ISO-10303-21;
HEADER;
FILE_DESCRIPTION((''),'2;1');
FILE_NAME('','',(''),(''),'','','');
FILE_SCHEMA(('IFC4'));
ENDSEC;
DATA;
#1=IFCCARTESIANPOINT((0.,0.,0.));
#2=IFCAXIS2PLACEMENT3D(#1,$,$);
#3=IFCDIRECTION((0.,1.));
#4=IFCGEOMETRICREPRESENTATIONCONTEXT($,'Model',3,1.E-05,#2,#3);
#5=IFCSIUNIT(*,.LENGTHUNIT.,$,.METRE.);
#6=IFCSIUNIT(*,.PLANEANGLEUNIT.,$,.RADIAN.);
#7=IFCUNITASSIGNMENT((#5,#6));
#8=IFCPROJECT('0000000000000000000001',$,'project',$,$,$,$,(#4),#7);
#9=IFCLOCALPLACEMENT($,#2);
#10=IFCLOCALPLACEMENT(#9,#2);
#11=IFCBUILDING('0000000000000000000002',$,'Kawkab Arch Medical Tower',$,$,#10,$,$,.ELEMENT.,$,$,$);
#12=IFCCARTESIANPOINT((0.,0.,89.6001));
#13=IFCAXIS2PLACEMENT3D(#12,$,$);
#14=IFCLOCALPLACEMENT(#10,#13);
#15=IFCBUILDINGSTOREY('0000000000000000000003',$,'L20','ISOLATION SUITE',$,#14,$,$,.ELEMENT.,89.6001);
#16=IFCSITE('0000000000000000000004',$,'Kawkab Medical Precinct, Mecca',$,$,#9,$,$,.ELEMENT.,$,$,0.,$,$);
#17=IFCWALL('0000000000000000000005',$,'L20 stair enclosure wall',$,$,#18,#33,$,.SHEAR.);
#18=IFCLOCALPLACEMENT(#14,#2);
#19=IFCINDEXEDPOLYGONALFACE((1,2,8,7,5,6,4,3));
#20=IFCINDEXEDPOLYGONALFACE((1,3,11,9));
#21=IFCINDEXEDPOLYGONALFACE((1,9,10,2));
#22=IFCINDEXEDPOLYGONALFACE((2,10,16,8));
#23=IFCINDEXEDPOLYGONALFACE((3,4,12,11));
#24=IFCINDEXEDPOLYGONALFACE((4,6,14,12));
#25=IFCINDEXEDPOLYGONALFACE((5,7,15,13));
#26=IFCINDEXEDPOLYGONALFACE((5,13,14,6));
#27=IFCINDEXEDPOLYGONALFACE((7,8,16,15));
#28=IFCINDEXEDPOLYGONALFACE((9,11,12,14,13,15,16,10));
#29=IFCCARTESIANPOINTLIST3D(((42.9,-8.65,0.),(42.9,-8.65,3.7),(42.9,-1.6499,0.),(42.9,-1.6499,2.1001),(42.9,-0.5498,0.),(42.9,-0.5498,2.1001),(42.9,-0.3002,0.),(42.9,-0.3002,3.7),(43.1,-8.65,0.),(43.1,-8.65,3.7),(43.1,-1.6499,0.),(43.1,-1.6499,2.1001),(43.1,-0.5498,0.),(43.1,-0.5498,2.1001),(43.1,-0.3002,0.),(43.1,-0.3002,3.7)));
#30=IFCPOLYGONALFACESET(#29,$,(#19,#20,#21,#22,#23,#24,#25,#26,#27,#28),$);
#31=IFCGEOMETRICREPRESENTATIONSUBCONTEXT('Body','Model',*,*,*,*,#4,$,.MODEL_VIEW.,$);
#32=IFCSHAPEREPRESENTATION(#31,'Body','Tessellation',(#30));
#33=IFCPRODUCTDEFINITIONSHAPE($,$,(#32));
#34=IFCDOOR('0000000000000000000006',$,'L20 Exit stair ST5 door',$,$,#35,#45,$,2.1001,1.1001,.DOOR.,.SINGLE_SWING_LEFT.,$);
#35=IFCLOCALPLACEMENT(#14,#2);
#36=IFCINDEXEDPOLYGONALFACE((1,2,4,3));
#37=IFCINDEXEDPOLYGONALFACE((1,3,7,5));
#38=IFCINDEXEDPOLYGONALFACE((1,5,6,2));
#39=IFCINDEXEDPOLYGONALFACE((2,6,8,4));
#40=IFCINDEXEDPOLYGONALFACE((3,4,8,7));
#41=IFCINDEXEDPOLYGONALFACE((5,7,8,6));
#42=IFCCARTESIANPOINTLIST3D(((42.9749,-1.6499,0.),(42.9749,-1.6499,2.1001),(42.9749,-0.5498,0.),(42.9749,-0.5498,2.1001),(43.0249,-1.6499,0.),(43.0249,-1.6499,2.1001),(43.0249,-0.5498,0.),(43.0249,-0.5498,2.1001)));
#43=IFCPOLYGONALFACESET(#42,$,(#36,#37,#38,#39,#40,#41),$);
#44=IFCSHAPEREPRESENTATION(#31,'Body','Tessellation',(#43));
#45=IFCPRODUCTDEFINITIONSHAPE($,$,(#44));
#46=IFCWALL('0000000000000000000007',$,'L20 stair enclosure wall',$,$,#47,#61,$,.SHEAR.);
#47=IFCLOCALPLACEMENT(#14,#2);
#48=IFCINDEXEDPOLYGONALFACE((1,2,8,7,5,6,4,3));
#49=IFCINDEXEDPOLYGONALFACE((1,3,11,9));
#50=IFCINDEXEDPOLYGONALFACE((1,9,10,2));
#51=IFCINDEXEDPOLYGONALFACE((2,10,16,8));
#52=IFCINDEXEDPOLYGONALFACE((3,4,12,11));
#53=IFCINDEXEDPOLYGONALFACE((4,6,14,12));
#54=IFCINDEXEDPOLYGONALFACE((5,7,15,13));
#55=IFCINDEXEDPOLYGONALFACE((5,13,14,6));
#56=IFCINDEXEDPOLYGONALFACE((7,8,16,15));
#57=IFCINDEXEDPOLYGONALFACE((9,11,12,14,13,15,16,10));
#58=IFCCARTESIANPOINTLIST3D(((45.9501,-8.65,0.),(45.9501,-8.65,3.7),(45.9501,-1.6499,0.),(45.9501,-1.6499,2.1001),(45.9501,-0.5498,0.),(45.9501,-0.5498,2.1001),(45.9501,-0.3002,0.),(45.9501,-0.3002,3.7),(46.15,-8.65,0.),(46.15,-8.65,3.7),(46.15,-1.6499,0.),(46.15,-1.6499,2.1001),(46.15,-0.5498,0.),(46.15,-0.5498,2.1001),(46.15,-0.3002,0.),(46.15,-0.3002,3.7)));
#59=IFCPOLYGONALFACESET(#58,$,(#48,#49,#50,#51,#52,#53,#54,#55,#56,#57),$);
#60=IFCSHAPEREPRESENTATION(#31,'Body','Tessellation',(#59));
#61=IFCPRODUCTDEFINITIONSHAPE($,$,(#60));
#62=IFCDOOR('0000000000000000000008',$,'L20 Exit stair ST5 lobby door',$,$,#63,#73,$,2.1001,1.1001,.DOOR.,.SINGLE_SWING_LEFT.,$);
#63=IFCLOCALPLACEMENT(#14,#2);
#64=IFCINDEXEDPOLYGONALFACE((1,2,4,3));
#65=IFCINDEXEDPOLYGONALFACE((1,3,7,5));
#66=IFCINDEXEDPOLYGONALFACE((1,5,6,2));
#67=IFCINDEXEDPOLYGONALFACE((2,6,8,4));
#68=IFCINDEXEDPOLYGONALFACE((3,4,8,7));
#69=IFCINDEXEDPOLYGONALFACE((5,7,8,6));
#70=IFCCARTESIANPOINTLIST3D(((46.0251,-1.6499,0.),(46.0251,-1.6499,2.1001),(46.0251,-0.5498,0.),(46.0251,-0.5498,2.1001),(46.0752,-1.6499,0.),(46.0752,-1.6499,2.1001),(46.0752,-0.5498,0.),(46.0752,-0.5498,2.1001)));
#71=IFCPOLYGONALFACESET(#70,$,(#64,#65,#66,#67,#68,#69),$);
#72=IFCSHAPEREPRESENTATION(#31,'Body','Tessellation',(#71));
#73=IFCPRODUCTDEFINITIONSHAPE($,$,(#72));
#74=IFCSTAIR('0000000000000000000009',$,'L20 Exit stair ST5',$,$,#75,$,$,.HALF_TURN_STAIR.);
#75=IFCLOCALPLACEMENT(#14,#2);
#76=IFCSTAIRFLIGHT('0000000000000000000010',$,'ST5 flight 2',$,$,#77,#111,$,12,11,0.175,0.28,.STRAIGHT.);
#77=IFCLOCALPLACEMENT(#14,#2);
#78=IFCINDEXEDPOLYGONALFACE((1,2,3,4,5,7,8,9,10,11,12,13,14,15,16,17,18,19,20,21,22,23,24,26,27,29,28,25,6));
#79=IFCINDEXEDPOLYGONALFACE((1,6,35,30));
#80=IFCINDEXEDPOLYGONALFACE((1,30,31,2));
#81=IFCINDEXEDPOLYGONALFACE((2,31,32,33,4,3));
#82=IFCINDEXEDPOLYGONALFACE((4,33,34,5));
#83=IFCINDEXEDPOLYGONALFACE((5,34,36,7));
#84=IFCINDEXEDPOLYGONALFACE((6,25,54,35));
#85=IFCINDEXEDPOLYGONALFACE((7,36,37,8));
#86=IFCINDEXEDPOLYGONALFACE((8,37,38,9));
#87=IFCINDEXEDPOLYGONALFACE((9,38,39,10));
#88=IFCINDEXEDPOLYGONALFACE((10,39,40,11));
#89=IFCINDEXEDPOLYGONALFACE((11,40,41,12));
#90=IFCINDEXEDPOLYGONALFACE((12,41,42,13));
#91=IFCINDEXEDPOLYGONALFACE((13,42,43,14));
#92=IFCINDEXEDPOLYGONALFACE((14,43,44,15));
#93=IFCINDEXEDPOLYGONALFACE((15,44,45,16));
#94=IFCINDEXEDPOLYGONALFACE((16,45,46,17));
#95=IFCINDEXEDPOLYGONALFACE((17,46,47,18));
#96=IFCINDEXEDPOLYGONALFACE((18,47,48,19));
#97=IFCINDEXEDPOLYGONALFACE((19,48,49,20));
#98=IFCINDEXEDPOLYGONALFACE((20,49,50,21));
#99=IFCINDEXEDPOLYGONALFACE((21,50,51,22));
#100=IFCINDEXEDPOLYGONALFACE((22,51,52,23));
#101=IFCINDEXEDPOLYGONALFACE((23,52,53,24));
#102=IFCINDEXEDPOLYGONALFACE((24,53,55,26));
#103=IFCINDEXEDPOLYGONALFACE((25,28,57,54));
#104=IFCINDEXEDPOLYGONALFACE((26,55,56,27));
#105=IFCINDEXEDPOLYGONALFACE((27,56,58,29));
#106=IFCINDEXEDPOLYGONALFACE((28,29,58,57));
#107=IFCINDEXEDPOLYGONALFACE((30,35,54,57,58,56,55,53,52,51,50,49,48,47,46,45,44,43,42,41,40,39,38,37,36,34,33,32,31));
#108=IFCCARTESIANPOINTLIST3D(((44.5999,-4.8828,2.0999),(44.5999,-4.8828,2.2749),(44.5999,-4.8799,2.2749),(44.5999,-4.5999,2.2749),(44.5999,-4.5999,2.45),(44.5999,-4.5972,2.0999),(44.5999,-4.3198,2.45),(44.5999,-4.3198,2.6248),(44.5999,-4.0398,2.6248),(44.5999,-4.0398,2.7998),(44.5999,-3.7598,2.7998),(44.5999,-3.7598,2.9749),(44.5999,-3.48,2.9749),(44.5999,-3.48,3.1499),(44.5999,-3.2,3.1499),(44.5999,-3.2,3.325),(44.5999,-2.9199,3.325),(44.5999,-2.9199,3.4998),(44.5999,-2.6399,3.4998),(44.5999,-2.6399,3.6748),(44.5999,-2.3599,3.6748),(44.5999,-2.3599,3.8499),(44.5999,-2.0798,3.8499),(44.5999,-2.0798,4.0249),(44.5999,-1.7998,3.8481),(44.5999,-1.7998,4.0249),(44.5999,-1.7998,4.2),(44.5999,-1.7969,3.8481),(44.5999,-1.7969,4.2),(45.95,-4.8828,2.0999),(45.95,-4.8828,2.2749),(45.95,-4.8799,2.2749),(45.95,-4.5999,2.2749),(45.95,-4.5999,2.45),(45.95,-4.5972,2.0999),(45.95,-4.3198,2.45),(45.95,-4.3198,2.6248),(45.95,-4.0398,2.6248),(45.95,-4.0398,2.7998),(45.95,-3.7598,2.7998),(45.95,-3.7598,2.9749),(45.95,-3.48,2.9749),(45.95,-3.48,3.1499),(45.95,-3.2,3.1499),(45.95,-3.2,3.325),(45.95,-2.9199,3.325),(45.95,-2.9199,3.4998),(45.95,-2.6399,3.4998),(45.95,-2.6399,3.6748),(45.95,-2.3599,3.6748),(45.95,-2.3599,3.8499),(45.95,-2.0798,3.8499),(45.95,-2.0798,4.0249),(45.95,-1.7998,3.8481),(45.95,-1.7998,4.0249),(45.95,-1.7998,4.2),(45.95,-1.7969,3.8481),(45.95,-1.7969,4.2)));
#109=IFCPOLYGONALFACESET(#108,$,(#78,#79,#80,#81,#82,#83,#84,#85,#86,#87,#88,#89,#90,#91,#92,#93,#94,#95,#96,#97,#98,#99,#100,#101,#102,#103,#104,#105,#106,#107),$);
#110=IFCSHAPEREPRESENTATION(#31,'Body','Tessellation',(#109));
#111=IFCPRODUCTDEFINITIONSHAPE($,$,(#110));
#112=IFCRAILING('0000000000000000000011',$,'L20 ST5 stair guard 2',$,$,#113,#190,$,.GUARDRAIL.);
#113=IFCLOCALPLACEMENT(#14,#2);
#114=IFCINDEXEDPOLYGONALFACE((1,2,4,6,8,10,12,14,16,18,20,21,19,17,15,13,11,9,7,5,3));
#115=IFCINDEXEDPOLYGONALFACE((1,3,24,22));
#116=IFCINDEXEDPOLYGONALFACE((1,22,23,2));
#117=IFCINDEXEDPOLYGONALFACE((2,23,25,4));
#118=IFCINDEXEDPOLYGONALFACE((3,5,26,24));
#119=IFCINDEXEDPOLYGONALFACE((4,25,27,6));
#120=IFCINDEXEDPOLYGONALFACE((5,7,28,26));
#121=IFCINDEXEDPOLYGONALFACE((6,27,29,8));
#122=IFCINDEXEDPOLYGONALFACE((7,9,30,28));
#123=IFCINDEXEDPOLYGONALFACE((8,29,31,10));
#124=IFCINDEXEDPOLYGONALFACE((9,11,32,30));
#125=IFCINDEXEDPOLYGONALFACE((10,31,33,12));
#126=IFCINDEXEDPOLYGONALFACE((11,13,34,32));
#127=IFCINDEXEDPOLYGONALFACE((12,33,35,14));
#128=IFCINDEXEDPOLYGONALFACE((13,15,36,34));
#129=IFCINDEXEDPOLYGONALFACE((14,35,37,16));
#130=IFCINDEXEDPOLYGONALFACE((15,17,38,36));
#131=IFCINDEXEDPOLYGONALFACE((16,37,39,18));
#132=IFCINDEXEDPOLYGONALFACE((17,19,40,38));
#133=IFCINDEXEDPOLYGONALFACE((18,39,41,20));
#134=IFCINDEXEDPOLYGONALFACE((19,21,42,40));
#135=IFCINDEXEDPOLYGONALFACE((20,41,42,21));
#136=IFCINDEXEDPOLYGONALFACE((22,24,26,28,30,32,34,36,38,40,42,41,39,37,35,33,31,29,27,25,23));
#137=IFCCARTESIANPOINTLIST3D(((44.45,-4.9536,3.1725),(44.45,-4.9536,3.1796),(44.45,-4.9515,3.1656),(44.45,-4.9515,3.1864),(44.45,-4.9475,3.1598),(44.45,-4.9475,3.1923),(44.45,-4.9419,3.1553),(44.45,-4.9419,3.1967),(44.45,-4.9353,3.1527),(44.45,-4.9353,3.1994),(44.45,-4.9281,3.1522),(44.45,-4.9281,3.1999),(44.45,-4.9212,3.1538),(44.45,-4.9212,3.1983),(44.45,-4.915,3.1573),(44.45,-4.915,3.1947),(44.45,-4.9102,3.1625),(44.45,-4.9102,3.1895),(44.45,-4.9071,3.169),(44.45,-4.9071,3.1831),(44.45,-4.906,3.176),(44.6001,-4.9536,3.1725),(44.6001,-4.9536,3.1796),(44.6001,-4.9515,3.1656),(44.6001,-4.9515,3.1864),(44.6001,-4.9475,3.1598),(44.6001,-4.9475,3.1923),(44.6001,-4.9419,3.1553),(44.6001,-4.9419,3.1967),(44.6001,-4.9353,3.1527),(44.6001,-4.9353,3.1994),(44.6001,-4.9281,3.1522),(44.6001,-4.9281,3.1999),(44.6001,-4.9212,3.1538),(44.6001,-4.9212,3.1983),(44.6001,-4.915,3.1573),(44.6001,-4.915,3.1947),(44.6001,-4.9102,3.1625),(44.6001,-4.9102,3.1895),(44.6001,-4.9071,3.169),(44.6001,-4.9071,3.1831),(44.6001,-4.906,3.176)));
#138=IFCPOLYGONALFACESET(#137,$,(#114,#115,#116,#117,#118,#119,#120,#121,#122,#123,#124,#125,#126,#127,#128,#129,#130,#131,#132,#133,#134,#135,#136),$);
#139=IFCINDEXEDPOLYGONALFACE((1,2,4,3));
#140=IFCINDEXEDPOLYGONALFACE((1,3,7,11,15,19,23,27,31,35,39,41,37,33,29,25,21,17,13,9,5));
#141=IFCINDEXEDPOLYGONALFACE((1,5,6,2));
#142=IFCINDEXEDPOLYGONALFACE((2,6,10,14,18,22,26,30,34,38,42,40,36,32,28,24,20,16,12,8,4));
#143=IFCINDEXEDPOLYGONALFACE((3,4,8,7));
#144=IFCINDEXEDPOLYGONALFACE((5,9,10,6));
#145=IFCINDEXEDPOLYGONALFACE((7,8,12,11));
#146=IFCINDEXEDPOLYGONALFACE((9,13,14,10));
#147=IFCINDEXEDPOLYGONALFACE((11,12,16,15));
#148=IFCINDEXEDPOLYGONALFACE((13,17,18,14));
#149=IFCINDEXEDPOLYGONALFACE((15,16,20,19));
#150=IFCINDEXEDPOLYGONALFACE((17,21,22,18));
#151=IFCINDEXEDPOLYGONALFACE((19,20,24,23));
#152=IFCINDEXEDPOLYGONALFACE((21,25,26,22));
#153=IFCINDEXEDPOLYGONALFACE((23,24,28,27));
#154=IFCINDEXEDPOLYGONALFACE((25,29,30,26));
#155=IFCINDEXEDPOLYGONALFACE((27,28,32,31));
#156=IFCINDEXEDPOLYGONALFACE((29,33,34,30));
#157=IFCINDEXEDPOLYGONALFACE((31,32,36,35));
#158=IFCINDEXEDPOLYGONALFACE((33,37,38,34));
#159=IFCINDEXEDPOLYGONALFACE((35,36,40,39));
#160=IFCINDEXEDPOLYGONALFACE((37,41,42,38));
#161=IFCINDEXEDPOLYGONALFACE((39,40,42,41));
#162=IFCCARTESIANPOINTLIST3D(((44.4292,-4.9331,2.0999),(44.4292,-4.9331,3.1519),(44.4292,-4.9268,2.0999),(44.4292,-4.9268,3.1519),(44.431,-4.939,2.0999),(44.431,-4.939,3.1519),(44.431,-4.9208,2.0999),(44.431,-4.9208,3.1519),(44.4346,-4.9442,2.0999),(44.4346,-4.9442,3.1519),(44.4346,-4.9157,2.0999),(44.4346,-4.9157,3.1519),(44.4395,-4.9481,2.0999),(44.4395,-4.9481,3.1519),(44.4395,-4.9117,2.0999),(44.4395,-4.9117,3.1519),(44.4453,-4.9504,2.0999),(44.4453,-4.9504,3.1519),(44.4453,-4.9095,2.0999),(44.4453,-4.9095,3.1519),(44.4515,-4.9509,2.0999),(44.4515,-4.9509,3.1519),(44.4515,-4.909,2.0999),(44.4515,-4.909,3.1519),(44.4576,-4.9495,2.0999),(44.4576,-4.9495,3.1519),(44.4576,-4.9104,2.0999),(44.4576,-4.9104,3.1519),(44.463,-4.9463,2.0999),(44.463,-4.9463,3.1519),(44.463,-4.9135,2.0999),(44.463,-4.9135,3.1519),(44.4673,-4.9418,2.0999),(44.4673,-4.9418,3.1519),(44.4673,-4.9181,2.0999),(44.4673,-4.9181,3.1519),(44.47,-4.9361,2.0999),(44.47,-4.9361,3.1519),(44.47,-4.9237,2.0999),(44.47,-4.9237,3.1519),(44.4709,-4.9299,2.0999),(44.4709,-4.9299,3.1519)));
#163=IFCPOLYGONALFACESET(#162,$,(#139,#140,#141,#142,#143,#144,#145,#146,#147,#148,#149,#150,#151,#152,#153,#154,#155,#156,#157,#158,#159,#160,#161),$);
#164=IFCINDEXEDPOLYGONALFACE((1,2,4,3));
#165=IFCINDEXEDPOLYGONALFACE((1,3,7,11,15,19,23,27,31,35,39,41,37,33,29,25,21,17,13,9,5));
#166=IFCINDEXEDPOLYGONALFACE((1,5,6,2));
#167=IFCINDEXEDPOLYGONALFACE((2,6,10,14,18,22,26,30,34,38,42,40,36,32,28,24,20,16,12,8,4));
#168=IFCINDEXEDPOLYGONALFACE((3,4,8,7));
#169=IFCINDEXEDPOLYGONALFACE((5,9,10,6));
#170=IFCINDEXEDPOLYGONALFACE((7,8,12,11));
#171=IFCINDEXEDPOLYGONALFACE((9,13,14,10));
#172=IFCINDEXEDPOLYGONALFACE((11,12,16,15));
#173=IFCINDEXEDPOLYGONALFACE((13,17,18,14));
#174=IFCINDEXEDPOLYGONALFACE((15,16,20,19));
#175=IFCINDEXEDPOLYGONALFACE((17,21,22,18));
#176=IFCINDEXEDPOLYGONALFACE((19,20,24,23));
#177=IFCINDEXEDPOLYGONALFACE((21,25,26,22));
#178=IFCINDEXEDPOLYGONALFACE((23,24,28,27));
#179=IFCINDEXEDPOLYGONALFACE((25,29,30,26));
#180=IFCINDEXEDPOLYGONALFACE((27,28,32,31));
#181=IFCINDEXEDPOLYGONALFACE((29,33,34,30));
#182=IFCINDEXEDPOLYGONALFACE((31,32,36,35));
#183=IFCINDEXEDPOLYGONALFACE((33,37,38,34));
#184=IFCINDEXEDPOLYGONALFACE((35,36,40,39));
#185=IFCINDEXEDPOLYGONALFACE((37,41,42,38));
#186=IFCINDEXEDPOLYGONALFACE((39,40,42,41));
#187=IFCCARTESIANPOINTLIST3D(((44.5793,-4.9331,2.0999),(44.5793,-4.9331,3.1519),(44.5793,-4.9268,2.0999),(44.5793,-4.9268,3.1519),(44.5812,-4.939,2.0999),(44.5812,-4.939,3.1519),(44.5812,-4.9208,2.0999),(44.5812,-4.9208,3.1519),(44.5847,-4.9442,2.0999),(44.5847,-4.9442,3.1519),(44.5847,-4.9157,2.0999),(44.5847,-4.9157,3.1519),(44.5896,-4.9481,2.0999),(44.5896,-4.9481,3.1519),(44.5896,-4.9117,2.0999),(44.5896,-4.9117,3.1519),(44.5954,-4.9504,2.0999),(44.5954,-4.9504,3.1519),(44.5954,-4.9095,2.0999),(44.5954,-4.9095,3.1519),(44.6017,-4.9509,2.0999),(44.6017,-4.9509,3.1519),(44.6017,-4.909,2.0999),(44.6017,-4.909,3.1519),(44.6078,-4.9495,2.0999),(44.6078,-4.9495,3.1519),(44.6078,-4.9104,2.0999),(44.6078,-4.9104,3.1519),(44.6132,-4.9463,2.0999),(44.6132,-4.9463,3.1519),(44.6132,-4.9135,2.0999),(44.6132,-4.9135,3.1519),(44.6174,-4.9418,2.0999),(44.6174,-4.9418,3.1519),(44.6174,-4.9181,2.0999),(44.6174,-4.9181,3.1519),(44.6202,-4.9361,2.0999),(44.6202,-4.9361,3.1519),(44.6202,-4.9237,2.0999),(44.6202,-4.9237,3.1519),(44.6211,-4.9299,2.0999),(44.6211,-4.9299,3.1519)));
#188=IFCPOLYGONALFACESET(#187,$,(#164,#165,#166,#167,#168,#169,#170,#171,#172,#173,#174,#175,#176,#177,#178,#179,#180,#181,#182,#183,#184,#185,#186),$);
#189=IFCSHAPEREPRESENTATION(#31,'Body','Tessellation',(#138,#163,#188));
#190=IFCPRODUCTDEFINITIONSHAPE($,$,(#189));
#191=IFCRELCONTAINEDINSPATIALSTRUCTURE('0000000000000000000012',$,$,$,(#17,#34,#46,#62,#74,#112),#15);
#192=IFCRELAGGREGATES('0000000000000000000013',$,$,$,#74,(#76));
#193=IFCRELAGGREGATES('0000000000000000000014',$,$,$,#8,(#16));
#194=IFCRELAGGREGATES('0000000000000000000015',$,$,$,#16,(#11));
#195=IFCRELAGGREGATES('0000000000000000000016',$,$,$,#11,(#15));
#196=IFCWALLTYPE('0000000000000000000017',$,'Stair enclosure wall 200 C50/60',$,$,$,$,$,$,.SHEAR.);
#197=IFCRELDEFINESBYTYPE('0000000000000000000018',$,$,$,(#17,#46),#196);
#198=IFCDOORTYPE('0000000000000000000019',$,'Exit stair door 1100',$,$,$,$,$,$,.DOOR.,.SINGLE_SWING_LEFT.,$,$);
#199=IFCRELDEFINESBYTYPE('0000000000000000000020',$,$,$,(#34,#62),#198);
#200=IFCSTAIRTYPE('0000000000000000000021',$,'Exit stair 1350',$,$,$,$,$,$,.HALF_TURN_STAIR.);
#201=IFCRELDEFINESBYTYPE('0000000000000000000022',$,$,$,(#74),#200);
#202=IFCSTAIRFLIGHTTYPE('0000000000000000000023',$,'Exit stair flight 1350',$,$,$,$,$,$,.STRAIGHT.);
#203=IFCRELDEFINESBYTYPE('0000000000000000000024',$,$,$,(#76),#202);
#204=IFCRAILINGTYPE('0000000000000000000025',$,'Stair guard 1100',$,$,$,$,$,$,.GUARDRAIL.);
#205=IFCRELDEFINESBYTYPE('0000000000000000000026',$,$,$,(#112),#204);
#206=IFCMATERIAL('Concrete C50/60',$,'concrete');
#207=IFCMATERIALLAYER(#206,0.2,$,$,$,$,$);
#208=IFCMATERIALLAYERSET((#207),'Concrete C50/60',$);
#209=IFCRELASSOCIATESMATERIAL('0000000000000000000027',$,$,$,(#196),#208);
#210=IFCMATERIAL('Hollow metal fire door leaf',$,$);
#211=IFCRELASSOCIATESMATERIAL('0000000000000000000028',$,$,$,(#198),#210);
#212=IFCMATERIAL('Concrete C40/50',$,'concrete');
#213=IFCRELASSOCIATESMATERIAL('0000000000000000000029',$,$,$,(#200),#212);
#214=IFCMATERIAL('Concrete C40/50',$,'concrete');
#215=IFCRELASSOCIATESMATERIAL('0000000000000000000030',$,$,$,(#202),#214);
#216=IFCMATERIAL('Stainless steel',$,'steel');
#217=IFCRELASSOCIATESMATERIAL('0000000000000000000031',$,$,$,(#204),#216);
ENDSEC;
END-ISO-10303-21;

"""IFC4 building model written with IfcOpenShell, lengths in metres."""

from ifc_helpers import new_model, si_unit, direction, frame, frame_2d, origin, origin_2d, place, context, subcontext, project, spatial, polyline, rectangle, circle, outline, extrude, material, layer, layer_set, type_object, element, fill, aggregate, save


model = new_model("IFC4")

# Units and contexts
model_context = context("Model", 3, precision=1e-05, world=origin(), true_north=direction((0.0, 1.0)))
body_context = subcontext(model_context, "Body", "Model", "MODEL_VIEW")
ifc_project = project(units=[si_unit("LENGTHUNIT", "METRE"), si_unit("PLANEANGLEUNIT", "RADIAN")], contexts=[model_context])

# Site, building, storey
site_placement = place(None, origin())
site = spatial("IfcSite", under=ifc_project, at=site_placement, Name="Kawkab Medical Precinct, Mecca", CompositionType="ELEMENT", RefElevation=0.0)
building_placement = place(site_placement, origin())
building = spatial("IfcBuilding", under=site, at=building_placement, Name="Kawkab Arch Medical Tower", CompositionType="ELEMENT")
storey_placement = place(building_placement, frame((0.0, 0.0, 89.6001)))
storey = spatial("IfcBuildingStorey", under=building, at=storey_placement, Name="L20", Description="ISOLATION SUITE", CompositionType="ELEMENT", Elevation=89.6001)

# Walls, openings, doors
ifc_material_1 = material(Name="Concrete C50/60", Category="concrete")
ifc_layer_1 = layer(ifc_material_1, 0.2)
ifc_layer_set_1 = layer_set([ifc_layer_1], Name="Concrete C50/60")
wall_type_1 = type_object("IfcWallType", Name="Stair enclosure wall 200 C50/60", PredefinedType="SHEAR", material=ifc_layer_set_1)
wall_1_placement = place(storey_placement, frame((43.0, -8.6499, 0.0), z_axis=(0.0, 0.0, 1.0), x_axis=(0.0, 1.0, 0.0)))
wall_1 = element("IfcWall", 1, at=wall_1_placement, inside=storey, type_object=wall_type_1, Name="L20 stair enclosure wall", PredefinedType="SHEAR", context=body_context, shape_type="SweptSolid", body=[
    extrude(rectangle(XDim=8.3499, YDim=0.2, at=frame_2d((4.1748, 0.0))), origin(), (0.0, 0.0, 1.0), 3.7),
])
opening_1_placement = place(wall_1_placement, frame((7.0, 0.0, 0.0)))
opening_1 = element("IfcOpeningElement", 2, at=opening_1_placement, cuts=wall_1, PredefinedType="OPENING", context=body_context, shape_type="SweptSolid", body=[
    extrude(rectangle(XDim=1.1001, YDim=2.1001, at=frame_2d((0.55, 1.05))), frame((0.0, 0.1099, 0.0), z_axis=(0.0, -1.0, 0.0), x_axis=(1.0, 0.0, 0.0)), (0.0, 0.0, 1.0), 0.22),
])
ifc_material_2 = material(Name="Hollow metal fire door leaf")
door_type_1 = type_object("IfcDoorType", Name="Exit stair door 1100", OperationType="SINGLE_SWING_LEFT", PredefinedType="DOOR", material=ifc_material_2)
door_1_placement = place(opening_1_placement, frame((1.1001, 0.0, 0.0), z_axis=(0.0, 0.0, 1.0), x_axis=(-1.0, 0.0, 0.0)))
door_1 = element("IfcDoor", 3, at=door_1_placement, inside=storey, type_object=door_type_1, Name="L20 Exit stair ST5 door", OperationType="SINGLE_SWING_LEFT", OverallHeight=2.1001, OverallWidth=1.1001, PredefinedType="DOOR", context=body_context, shape_type="SweptSolid", body=[
    extrude(rectangle(XDim=1.1001, YDim=2.1001, at=frame_2d((0.55, 1.05))), frame((0.0, 0.0249, 0.0), z_axis=(0.0, -1.0, 0.0), x_axis=(1.0, 0.0, 0.0)), (0.0, 0.0, 1.0), 0.05),
])
fill(opening_1, door_1)
wall_2_placement = place(storey_placement, frame((46.05, -8.6499, 0.0), z_axis=(0.0, 0.0, 1.0), x_axis=(0.0, 1.0, 0.0)))
wall_2 = element("IfcWall", 4, at=wall_2_placement, inside=storey, type_object=wall_type_1, Name="L20 stair enclosure wall", PredefinedType="SHEAR", context=body_context, shape_type="SweptSolid", body=[
    extrude(rectangle(XDim=8.3499, YDim=0.2, at=frame_2d((4.1748, 0.0))), origin(), (0.0, 0.0, 1.0), 3.7),
])
opening_2_placement = place(wall_2_placement, frame((7.0, 0.0, 0.0)))
opening_2 = element("IfcOpeningElement", 5, at=opening_2_placement, cuts=wall_2, PredefinedType="OPENING", context=body_context, shape_type="SweptSolid", body=[
    extrude(rectangle(XDim=1.1001, YDim=2.1001, at=frame_2d((0.55, 1.05))), frame((0.0, 0.1099, 0.0), z_axis=(0.0, -1.0, 0.0), x_axis=(1.0, 0.0, 0.0)), (0.0, 0.0, 1.0), 0.22),
])
door_2_placement = place(opening_2_placement, origin())
door_2 = element("IfcDoor", 6, at=door_2_placement, inside=storey, type_object=door_type_1, Name="L20 Exit stair ST5 lobby door", OperationType="SINGLE_SWING_LEFT", OverallHeight=2.1001, OverallWidth=1.1001, PredefinedType="DOOR", context=body_context, shape_type="SweptSolid", body=[
    extrude(rectangle(XDim=1.1001, YDim=2.1001, at=frame_2d((0.55, 1.05))), frame((0.0, 0.0249, 0.0), z_axis=(0.0, -1.0, 0.0), x_axis=(1.0, 0.0, 0.0)), (0.0, 0.0, 1.0), 0.05),
])
fill(opening_2, door_2)

# Stair, stair flight
ifc_material_3 = material(Name="Concrete C40/50", Category="concrete")
stair_type = type_object("IfcStairType", Name="Exit stair 1350", PredefinedType="HALF_TURN_STAIR", material=ifc_material_3)
stair_placement = place(storey_placement, origin())
stair = element("IfcStair", 7, at=stair_placement, inside=storey, type_object=stair_type, Name="L20 Exit stair ST5", PredefinedType="HALF_TURN_STAIR")
ifc_material_4 = material(Name="Concrete C40/50", Category="concrete")
stair_flight_type = type_object("IfcStairFlightType", Name="Exit stair flight 1350", PredefinedType="STRAIGHT", material=ifc_material_4)
stair_flight_placement = place(storey_placement, frame((45.2749, -4.8799, 2.0999), z_axis=(0.0, 0.0, 1.0), x_axis=(0.0, 1.0, 0.0)))
stair_flight = element("IfcStairFlight", 8, at=stair_flight_placement, type_object=stair_flight_type, Name="ST5 flight 2", NumberOfRisers=12, NumberOfTreads=11, PredefinedType="STRAIGHT", RiserHeight=0.175, TreadLength=0.28, context=body_context, shape_type="SweptSolid", body=[
    extrude(outline(polyline([(-0.0029, 0.0), (-0.0029, 0.175), (0.0, 0.175), (0.28, 0.175), (0.28, 0.3501), (0.5601, 0.3501), (0.5601, 0.5249), (0.8401, 0.5249), (0.8401, 0.7), (1.1201, 0.7), (1.1201, 0.875), (1.3999, 0.875), (1.3999, 1.05), (1.6799, 1.05), (1.6799, 1.2251), (1.96, 1.2251), (1.96, 1.3999), (2.24, 1.3999), (2.24, 1.575), (2.52, 1.575), (2.52, 1.75), (2.8, 1.75), (2.8, 1.925), (3.0801, 1.925), (3.0801, 2.1001), (3.083, 2.1001), (3.083, 1.7483), (3.0801, 1.7483), (0.2827, 0.0), (-0.0029, 0.0)])), frame((0.0, 0.675, 0.0), z_axis=(0.0, -1.0, 0.0), x_axis=(1.0, 0.0, 0.0)), (0.0, 0.0, 1.0), 1.3501),
])
aggregate(stair, [stair_flight])

# Railing
ifc_material_5 = material(Name="Stainless steel", Category="steel")
railing_type = type_object("IfcRailingType", Name="Stair guard 1100", PredefinedType="GUARDRAIL", material=ifc_material_5)
railing_1_placement = place(storey_placement, frame((44.45, -4.9299, 2.0999)))
element("IfcRailing", 9, at=railing_1_placement, inside=storey, type_object=railing_type, Name="L20 ST5 stair guard 2", PredefinedType="GUARDRAIL", context=body_context, shape_type="SweptSolid", body=[
    extrude(circle(Radius=0.0239, at=origin_2d()), frame((0.0, 0.0, 1.0762), z_axis=(1.0, 0.0, 0.0), x_axis=(0.0, 1.0, 0.0)), (0.0, 0.0, 1.0), 0.1501),
    extrude(circle(Radius=0.021, at=origin_2d()), origin(), (0.0, 0.0, 1.0), 1.052),
    extrude(circle(Radius=0.021, at=origin_2d()), frame((0.1501, 0.0, 0.0)), (0.0, 0.0, 1.0), 1.052),
])

save(model, "model.ifc")
